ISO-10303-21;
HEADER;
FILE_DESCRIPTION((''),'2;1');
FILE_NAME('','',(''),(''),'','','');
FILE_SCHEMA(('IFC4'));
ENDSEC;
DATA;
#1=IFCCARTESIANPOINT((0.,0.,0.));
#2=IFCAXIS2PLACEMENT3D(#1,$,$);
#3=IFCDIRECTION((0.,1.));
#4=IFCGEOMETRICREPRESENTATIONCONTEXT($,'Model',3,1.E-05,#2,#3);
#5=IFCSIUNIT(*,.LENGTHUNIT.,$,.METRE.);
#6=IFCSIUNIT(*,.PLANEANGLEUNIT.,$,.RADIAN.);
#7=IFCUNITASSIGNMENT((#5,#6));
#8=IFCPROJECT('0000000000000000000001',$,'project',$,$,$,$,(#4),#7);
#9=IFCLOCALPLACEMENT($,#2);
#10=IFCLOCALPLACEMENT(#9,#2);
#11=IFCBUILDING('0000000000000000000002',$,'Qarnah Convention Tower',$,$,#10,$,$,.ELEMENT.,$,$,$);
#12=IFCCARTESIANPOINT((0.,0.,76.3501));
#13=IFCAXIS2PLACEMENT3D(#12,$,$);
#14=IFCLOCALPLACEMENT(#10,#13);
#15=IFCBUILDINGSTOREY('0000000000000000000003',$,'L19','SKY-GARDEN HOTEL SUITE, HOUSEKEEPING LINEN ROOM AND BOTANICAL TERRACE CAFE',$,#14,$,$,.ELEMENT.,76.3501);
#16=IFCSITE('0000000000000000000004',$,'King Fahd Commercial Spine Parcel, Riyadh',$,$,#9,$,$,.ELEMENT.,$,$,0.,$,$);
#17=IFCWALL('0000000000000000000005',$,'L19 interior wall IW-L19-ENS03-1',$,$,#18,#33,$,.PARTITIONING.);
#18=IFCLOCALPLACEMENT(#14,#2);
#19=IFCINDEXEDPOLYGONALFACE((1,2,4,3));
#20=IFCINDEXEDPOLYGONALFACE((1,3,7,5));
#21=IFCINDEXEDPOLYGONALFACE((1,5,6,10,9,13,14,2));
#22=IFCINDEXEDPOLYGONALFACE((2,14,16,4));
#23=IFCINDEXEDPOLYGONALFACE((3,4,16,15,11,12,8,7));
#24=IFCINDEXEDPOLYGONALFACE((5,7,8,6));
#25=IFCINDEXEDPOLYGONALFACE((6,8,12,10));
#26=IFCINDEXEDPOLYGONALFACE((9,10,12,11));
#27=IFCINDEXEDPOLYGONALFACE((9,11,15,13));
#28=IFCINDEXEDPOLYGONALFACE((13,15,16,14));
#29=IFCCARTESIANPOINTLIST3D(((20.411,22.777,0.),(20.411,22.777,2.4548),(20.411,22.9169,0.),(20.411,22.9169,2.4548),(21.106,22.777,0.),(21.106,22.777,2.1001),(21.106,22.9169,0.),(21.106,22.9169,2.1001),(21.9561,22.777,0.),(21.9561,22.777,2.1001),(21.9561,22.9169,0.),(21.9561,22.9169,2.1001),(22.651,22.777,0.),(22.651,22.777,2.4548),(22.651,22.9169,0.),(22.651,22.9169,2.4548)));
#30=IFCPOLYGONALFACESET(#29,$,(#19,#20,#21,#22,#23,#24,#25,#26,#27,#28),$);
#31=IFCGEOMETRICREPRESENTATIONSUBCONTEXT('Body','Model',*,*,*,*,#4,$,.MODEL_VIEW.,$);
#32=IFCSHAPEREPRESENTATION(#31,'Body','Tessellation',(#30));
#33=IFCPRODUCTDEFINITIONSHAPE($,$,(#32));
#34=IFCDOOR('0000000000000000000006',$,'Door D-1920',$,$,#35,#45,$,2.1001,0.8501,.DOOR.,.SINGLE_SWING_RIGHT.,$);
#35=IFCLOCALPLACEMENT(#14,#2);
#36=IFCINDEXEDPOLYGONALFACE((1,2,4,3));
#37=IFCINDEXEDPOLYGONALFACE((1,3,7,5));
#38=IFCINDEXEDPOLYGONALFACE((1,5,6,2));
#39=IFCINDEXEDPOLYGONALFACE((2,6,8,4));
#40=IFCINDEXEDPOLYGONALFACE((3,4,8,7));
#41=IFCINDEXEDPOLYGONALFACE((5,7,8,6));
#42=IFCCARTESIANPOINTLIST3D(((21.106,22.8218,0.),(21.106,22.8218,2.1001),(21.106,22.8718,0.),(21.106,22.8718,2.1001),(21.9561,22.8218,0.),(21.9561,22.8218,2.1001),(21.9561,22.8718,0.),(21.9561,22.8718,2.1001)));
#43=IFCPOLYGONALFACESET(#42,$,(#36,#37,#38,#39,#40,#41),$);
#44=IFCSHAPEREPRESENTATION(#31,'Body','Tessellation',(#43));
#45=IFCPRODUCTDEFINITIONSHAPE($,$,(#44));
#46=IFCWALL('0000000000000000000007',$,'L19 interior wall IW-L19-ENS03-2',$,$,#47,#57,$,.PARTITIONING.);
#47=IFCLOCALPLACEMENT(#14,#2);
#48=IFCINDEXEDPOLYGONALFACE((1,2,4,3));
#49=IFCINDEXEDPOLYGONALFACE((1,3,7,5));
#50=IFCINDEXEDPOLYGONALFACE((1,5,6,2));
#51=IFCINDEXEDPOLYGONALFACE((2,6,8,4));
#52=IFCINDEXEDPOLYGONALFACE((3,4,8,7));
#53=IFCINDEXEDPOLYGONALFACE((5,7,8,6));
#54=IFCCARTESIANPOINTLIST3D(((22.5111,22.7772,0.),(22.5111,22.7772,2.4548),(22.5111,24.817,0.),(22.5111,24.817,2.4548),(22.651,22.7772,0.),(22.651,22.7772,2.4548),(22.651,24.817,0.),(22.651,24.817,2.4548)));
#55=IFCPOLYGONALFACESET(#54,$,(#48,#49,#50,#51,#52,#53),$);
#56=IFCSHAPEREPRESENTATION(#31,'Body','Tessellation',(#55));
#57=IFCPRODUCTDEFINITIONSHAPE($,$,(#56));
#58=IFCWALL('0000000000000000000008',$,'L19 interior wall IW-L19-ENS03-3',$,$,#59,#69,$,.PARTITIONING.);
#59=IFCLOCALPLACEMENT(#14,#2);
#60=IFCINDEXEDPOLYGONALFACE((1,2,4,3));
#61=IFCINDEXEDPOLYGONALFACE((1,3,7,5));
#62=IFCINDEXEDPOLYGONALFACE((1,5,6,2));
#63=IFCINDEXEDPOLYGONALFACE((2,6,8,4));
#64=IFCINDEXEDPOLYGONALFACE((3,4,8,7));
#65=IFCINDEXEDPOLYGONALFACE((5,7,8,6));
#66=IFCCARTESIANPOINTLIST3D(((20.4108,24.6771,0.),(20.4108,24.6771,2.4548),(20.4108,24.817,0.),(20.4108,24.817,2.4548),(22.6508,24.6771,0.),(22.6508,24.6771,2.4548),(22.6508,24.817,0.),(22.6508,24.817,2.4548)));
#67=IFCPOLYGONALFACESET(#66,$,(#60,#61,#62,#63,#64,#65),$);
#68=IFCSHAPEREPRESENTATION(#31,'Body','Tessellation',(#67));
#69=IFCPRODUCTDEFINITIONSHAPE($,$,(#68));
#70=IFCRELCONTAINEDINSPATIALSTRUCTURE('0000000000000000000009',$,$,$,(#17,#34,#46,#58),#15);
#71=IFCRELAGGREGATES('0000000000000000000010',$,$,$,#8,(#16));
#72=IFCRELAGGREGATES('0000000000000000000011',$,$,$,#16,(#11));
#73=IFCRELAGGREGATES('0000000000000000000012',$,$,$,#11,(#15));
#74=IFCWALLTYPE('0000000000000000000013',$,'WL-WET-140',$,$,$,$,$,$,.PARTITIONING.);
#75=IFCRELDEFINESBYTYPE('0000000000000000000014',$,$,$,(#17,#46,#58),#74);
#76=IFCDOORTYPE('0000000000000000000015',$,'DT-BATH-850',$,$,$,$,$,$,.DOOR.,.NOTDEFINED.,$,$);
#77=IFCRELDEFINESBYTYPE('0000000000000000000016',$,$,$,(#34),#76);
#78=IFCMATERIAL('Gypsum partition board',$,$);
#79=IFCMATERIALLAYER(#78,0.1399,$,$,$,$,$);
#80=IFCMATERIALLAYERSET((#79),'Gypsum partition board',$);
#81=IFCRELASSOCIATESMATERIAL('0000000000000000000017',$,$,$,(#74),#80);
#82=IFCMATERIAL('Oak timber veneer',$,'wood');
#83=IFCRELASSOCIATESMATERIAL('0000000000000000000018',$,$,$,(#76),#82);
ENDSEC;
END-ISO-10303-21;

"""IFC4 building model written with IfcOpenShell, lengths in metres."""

from ifc_helpers import new_model, si_unit, direction, frame, frame_2d, origin, place, context, subcontext, project, spatial, rectangle, extrude, material, layer, layer_set, type_object, element, fill, save


model = new_model("IFC4")

# Units and contexts
model_context = context("Model", 3, precision=1e-05, world=origin(), true_north=direction((0.0, 1.0)))
body_context = subcontext(model_context, "Body", "Model", "MODEL_VIEW")
ifc_project = project(units=[si_unit("LENGTHUNIT", "METRE"), si_unit("PLANEANGLEUNIT", "RADIAN")], contexts=[model_context])

# Site, building, storey
site_placement = place(None, origin())
site = spatial("IfcSite", under=ifc_project, at=site_placement, Name="King Fahd Commercial Spine Parcel, Riyadh", CompositionType="ELEMENT", RefElevation=0.0)
building_placement = place(site_placement, origin())
building = spatial("IfcBuilding", under=site, at=building_placement, Name="Qarnah Convention Tower", CompositionType="ELEMENT")
storey_placement = place(building_placement, frame((0.0, 0.0, 76.3501)))
storey = spatial("IfcBuildingStorey", under=building, at=storey_placement, Name="L19", Description="SKY-GARDEN HOTEL SUITE, HOUSEKEEPING LINEN ROOM AND BOTANICAL TERRACE CAFE", CompositionType="ELEMENT", Elevation=76.3501)

# Shared definitions
ifc_material_1 = material(Name="Gypsum partition board")

# Wall, opening, door
ifc_material_2 = material(Name="Oak timber veneer", Category="wood")
ifc_layer_1 = layer(ifc_material_1, 0.1399)
ifc_layer_set_1 = layer_set([ifc_layer_1], Name="Gypsum partition board")
wall_type_1 = type_object("IfcWallType", Name="WL-WET-140", PredefinedType="PARTITIONING", material=ifc_layer_set_1)
wall_1_placement = place(storey_placement, frame((20.4109, 22.8469, 0.0), z_axis=(0.0, 0.0, 1.0), x_axis=(1.0, 0.0, 0.0)))
wall_1 = element("IfcWall", 1, at=wall_1_placement, inside=storey, type_object=wall_type_1, Name="L19 interior wall IW-L19-ENS03-1", PredefinedType="PARTITIONING", context=body_context, shape_type="SweptSolid", body=[
    extrude(rectangle(XDim=2.24, YDim=0.1399, at=frame_2d((1.1201, 0.0))), origin(), (0.0, 0.0, 1.0), 2.4548),
])
opening_1_placement = place(wall_1_placement, frame((0.6951, 0.0, 0.0)))
opening_1 = element("IfcOpeningElement", 2, at=opening_1_placement, cuts=wall_1, PredefinedType="OPENING", context=body_context, shape_type="SweptSolid", body=[
    extrude(rectangle(XDim=0.8501, YDim=2.1001, at=frame_2d((0.425, 1.05))), frame((0.0, 0.0798, 0.0), z_axis=(0.0, -1.0, 0.0), x_axis=(1.0, 0.0, 0.0)), (0.0, 0.0, 1.0), 0.1599),
])
door_type_1 = type_object("IfcDoorType", Name="DT-BATH-850", OperationType="NOTDEFINED", PredefinedType="DOOR", material=ifc_material_2)
door_1_placement = place(opening_1_placement, origin())
door_1 = element("IfcDoor", 3, at=door_1_placement, inside=storey, type_object=door_type_1, Name="Door D-1920", OperationType="SINGLE_SWING_RIGHT", OverallHeight=2.1001, OverallWidth=0.8501, PredefinedType="DOOR", context=body_context, shape_type="SweptSolid", body=[
    extrude(rectangle(XDim=0.8501, YDim=2.1001, at=frame_2d((0.425, 1.05))), frame((0.0, 0.0249, 0.0), z_axis=(0.0, -1.0, 0.0), x_axis=(1.0, 0.0, 0.0)), (0.0, 0.0, 1.0), 0.05),
])
fill(opening_1, door_1)

# Walls
wall_2_placement = place(storey_placement, frame((22.5811, 22.7771, 0.0), z_axis=(0.0, 0.0, 1.0), x_axis=(0.0, 1.0, 0.0)))
element("IfcWall", 4, at=wall_2_placement, inside=storey, type_object=wall_type_1, Name="L19 interior wall IW-L19-ENS03-2", PredefinedType="PARTITIONING", context=body_context, shape_type="SweptSolid", body=[
    extrude(rectangle(XDim=2.0398, YDim=0.1399, at=frame_2d((1.02, 0.0))), origin(), (0.0, 0.0, 1.0), 2.4548),
])
wall_3_placement = place(storey_placement, frame((22.6509, 24.7471, 0.0), z_axis=(0.0, 0.0, 1.0), x_axis=(-1.0, 0.0, 0.0)))
element("IfcWall", 5, at=wall_3_placement, inside=storey, type_object=wall_type_1, Name="L19 interior wall IW-L19-ENS03-3", PredefinedType="PARTITIONING", context=body_context, shape_type="SweptSolid", body=[
    extrude(rectangle(XDim=2.24, YDim=0.1399, at=frame_2d((1.1201, 0.0))), origin(), (0.0, 0.0, 1.0), 2.4548),
])

save(model, "model.ifc")
